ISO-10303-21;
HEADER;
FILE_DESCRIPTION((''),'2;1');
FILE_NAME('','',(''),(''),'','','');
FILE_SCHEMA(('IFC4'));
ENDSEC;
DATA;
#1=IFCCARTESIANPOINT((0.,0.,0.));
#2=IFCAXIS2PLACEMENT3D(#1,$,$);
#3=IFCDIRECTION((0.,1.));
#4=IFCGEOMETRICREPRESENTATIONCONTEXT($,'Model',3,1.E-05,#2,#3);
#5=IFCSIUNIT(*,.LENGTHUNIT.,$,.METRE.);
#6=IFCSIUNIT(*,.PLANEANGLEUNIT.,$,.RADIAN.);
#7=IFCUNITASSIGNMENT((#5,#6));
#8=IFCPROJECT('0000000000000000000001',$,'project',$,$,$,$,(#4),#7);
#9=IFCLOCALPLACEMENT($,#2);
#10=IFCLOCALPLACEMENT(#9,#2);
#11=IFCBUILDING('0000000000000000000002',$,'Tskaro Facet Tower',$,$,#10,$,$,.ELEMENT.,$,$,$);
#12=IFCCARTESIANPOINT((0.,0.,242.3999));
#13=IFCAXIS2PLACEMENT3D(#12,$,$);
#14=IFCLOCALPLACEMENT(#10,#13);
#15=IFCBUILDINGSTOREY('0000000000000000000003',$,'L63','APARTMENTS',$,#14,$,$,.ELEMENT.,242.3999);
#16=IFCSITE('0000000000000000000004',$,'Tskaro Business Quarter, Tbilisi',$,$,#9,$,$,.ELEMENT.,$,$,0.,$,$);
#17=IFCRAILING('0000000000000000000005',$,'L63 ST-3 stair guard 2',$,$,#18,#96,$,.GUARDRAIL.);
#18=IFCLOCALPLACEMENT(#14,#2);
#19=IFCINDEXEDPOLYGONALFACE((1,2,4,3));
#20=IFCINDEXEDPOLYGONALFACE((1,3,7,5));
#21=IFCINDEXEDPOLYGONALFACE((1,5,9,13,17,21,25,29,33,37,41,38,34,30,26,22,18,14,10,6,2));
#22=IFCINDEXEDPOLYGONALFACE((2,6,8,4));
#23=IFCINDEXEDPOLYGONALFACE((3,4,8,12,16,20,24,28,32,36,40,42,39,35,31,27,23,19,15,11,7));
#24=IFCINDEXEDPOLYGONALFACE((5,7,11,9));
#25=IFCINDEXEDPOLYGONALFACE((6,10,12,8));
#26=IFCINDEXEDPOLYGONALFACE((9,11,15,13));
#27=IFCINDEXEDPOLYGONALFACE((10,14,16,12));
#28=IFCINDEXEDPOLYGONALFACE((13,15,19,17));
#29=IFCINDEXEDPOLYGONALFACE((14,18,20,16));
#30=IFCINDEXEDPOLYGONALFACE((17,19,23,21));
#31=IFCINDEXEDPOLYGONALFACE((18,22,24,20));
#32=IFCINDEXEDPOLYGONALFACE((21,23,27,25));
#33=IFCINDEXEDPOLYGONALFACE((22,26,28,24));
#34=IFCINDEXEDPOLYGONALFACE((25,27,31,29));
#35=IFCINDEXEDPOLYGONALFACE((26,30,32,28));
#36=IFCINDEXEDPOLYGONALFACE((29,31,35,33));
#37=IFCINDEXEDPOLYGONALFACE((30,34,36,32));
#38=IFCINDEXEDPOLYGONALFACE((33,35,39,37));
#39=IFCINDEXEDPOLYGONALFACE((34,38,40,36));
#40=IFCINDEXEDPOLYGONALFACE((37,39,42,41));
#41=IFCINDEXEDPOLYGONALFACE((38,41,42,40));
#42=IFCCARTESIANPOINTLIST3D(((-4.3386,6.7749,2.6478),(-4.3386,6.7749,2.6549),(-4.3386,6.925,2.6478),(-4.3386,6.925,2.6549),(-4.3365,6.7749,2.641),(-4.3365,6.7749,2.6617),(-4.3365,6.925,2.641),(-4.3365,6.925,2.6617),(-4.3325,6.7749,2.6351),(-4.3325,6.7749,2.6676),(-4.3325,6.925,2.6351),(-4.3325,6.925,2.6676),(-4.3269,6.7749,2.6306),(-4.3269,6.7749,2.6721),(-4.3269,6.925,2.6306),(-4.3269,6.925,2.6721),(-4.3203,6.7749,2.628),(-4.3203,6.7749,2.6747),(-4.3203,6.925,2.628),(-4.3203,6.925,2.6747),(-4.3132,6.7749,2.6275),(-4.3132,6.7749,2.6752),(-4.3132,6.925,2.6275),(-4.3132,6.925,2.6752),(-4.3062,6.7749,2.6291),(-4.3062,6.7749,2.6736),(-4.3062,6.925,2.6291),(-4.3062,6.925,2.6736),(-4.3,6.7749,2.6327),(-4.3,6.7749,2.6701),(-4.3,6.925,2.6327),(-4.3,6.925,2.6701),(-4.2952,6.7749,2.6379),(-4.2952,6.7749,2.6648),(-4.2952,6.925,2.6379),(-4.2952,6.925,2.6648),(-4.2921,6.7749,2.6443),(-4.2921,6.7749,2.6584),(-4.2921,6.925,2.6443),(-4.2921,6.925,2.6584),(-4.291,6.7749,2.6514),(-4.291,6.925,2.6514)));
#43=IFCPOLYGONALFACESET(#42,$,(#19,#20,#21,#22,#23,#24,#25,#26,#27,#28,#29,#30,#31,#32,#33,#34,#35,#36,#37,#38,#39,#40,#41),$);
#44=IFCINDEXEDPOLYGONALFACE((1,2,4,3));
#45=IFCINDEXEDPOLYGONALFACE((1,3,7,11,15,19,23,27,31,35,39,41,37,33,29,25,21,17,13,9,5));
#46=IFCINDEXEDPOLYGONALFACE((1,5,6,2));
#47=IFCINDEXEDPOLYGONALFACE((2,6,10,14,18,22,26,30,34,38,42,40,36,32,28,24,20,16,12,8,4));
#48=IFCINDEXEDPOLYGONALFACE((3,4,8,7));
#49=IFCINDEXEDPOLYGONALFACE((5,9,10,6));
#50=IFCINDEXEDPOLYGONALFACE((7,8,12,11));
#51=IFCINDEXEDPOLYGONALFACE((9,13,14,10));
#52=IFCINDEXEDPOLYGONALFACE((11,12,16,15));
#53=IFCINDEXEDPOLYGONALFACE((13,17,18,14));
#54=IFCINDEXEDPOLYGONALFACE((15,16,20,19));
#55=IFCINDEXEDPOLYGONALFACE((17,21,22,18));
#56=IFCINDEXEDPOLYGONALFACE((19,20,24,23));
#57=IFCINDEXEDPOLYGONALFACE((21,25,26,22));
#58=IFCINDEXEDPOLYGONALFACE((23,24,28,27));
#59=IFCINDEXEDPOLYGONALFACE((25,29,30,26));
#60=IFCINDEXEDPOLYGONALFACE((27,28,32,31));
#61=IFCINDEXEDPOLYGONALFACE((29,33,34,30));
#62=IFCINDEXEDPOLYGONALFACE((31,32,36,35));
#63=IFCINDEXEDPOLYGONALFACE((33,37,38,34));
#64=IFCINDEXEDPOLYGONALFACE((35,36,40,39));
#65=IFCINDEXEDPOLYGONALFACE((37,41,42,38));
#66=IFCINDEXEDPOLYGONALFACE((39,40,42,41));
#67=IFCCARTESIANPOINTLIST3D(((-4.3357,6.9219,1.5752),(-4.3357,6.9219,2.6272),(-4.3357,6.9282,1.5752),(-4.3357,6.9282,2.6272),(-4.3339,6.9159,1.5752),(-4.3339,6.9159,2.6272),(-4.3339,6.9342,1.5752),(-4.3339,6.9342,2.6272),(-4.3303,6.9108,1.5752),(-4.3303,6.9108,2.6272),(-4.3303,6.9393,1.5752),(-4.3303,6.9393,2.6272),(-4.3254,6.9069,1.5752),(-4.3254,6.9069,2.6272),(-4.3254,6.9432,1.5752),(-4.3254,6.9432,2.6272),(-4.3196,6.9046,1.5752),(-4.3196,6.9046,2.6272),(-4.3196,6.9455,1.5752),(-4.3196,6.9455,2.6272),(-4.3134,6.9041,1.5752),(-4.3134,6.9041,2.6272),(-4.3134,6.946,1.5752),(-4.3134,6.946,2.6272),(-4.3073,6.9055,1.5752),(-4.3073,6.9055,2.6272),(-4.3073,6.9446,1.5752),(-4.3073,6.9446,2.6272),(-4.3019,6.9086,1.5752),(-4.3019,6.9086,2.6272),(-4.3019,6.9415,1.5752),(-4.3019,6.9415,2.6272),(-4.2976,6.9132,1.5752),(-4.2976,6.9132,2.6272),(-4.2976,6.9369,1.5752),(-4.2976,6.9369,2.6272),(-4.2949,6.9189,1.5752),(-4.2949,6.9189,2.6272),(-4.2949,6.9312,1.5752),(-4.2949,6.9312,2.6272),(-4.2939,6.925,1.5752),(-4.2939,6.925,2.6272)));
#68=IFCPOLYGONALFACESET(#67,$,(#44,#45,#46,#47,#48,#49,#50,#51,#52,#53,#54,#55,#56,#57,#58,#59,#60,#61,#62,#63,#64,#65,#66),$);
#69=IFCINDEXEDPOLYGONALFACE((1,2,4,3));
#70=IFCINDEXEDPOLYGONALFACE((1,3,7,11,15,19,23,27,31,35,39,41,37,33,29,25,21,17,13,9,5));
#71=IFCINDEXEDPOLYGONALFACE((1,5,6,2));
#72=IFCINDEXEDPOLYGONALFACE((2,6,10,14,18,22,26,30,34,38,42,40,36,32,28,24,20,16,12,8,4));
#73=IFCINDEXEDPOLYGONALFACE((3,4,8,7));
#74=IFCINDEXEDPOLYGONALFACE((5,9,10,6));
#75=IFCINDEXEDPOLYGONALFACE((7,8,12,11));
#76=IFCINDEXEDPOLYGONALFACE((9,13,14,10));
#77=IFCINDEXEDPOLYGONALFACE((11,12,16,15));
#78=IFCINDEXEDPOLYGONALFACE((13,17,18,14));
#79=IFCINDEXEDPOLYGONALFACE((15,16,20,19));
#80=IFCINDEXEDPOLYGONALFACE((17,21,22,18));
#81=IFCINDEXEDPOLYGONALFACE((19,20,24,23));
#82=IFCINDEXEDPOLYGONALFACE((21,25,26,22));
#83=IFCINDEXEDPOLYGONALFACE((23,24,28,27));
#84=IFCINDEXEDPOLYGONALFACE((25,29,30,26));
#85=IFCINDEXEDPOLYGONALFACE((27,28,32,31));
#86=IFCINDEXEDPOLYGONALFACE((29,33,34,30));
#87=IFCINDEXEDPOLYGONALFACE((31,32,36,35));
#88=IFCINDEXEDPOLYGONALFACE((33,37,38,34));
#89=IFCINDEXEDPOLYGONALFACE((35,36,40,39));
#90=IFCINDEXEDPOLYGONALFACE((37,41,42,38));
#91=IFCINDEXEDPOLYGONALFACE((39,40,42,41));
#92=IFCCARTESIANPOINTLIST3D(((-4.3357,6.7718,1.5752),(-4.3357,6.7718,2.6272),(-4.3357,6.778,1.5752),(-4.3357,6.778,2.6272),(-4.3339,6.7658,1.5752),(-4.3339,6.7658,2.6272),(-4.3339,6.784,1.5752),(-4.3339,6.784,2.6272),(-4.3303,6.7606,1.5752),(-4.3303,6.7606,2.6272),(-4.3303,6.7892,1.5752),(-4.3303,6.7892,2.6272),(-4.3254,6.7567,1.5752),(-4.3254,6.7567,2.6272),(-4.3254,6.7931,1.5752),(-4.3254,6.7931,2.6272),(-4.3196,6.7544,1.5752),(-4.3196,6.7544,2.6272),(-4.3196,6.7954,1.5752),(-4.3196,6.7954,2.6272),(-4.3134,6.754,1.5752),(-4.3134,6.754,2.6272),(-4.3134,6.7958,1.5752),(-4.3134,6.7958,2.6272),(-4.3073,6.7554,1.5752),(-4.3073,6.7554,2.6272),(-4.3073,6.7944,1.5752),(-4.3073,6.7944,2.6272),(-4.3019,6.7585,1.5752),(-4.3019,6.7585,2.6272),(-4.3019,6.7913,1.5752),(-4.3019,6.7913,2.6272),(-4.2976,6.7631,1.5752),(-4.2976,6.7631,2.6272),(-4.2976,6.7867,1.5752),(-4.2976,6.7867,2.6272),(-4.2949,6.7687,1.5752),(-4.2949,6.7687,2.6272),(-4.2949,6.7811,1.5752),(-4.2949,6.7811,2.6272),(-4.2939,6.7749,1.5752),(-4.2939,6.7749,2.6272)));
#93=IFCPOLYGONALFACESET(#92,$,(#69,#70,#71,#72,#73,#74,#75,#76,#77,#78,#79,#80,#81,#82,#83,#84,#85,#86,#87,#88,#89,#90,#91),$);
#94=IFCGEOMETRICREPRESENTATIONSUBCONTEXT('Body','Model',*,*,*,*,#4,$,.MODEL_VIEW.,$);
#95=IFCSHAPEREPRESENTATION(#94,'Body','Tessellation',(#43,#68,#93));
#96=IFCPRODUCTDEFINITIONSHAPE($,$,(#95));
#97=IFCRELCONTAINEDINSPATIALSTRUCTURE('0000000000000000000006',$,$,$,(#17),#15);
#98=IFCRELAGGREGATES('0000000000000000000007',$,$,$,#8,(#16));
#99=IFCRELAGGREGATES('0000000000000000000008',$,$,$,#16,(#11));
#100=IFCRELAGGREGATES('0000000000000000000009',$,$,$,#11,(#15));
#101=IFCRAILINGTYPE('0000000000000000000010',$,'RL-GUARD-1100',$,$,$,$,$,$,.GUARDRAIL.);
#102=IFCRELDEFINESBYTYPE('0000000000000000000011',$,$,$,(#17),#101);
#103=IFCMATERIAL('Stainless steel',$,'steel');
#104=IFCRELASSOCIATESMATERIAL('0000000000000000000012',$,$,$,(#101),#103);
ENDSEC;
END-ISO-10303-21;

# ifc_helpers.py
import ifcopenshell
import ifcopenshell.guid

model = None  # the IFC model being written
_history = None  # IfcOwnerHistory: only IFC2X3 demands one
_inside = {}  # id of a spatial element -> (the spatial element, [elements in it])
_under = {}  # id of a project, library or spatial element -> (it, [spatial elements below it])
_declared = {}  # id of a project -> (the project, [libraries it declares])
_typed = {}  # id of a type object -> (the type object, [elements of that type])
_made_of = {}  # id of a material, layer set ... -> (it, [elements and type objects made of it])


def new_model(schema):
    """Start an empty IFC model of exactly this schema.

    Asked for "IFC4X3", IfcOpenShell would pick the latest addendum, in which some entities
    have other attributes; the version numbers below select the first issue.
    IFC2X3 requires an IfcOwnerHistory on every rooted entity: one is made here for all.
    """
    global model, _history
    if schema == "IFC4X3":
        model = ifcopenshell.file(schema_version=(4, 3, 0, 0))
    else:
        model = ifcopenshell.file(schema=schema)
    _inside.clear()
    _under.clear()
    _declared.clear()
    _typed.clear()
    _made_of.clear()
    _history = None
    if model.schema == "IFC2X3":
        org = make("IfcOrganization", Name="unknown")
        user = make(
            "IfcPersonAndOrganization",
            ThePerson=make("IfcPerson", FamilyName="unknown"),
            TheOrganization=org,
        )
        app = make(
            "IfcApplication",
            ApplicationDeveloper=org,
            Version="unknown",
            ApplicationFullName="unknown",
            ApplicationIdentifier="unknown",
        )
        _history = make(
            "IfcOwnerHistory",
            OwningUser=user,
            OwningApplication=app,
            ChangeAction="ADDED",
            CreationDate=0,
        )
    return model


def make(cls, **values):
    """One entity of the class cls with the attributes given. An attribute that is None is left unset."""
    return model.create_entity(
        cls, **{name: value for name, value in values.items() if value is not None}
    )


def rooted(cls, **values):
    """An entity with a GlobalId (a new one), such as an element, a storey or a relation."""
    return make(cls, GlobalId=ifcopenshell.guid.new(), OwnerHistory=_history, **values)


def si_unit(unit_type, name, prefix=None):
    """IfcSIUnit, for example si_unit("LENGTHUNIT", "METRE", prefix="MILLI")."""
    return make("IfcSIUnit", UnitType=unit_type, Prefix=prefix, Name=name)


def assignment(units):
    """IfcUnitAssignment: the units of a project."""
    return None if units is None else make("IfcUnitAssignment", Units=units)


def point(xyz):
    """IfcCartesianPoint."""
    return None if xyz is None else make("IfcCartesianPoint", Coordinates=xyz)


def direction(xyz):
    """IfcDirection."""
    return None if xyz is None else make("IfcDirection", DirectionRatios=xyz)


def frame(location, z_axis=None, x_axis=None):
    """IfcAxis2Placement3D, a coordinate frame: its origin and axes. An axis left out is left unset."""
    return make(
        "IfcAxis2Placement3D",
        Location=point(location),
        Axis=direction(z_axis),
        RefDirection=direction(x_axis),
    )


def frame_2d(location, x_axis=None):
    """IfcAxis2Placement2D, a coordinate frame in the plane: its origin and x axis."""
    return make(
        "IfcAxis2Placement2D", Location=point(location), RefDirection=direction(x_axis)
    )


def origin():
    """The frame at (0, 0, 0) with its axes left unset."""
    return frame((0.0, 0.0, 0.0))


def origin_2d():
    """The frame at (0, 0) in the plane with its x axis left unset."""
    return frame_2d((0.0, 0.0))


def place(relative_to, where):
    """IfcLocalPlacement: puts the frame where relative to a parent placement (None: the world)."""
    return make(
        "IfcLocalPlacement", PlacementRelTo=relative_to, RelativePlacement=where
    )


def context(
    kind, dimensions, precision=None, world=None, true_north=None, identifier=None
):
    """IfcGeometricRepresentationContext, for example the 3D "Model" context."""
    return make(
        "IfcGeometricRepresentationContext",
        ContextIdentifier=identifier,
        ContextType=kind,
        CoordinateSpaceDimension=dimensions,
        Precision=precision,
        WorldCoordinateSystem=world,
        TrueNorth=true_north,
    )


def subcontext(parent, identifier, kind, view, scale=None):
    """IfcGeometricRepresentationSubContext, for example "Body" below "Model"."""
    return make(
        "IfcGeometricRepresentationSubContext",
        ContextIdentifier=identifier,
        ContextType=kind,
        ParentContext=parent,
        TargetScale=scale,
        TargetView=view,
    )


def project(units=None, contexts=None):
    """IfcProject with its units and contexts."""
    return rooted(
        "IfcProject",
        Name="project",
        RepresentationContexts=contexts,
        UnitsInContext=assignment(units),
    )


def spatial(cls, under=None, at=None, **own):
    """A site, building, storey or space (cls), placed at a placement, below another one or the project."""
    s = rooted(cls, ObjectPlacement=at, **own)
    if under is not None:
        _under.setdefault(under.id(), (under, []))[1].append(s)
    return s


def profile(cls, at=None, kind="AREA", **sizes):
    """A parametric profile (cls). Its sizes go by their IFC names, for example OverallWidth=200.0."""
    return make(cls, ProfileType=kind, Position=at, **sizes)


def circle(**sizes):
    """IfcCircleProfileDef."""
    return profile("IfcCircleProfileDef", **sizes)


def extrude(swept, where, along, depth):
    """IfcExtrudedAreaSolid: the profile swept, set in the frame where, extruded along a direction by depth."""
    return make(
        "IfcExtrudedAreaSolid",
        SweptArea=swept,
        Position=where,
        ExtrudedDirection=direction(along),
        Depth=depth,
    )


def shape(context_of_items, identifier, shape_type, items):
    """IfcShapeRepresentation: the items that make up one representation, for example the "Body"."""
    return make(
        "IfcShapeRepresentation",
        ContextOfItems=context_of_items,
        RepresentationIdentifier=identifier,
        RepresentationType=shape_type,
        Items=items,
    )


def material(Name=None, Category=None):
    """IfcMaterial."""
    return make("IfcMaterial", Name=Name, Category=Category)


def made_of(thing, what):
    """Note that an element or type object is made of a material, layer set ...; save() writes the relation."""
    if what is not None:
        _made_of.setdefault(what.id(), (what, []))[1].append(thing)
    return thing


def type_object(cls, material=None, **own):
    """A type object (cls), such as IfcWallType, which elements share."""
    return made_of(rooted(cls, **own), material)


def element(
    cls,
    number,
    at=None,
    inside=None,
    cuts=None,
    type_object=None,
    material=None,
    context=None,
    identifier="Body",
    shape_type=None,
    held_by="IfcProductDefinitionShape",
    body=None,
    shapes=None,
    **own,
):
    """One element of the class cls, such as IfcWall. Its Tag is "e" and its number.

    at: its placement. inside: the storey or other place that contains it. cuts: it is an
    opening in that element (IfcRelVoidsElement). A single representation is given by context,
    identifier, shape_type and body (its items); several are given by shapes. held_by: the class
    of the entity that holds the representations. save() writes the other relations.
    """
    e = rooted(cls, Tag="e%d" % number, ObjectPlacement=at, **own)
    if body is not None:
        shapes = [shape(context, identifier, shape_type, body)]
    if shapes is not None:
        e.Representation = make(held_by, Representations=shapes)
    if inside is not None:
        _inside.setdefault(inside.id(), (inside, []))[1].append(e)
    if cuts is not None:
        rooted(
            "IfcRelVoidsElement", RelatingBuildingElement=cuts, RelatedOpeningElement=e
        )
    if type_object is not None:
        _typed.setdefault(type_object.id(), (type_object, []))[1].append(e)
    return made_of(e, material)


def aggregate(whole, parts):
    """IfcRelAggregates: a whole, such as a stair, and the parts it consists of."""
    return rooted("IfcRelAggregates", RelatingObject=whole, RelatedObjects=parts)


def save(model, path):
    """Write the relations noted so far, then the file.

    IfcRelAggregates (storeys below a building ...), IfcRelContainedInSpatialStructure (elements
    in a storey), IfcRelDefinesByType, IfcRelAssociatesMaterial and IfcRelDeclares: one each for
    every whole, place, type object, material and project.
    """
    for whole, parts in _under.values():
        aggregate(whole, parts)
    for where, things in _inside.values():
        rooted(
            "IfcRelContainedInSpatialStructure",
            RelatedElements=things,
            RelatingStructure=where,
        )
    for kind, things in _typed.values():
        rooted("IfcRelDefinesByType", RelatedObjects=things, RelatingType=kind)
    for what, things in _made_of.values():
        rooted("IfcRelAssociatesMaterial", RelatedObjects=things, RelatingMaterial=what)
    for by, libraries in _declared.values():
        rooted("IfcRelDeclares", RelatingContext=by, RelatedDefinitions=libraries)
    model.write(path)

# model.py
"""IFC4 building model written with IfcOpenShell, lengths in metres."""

from ifc_helpers import new_model, si_unit, direction, frame, origin, origin_2d, place, context, subcontext, project, spatial, circle, extrude, material, type_object, element, save


model = new_model("IFC4")

# Units and contexts
model_context = context("Model", 3, precision=1e-05, world=origin(), true_north=direction((0.0, 1.0)))
body_context = subcontext(model_context, "Body", "Model", "MODEL_VIEW")
ifc_project = project(units=[si_unit("LENGTHUNIT", "METRE"), si_unit("PLANEANGLEUNIT", "RADIAN")], contexts=[model_context])

# Site, building, storey
site_placement = place(None, origin())
site = spatial("IfcSite", under=ifc_project, at=site_placement, Name="Tskaro Business Quarter, Tbilisi", CompositionType="ELEMENT", RefElevation=0.0)
building_placement = place(site_placement, origin())
building = spatial("IfcBuilding", under=site, at=building_placement, Name="Tskaro Facet Tower", CompositionType="ELEMENT")
storey_placement = place(building_placement, frame((0.0, 0.0, 242.3999)))
storey = spatial("IfcBuildingStorey", under=building, at=storey_placement, Name="L63", Description="APARTMENTS", CompositionType="ELEMENT", Elevation=242.3999)

# Railing
ifc_material_1 = material(Name="Stainless steel", Category="steel")
railing_type_1 = type_object("IfcRailingType", Name="RL-GUARD-1100", PredefinedType="GUARDRAIL", material=ifc_material_1)
railing_1_placement = place(storey_placement, frame((-4.3149, 6.925, 1.5752)))
element("IfcRailing", 1, at=railing_1_placement, inside=storey, type_object=railing_type_1, Name="L63 ST-3 stair guard 2", PredefinedType="GUARDRAIL", context=body_context, shape_type="SweptSolid", body=[
    extrude(circle(Radius=0.0239, at=origin_2d()), frame((0.0, 0.0, 1.0762), z_axis=(0.0, -1.0, 0.0), x_axis=(1.0, 0.0, 0.0)), (0.0, 0.0, 1.0), 0.1501),
    extrude(circle(Radius=0.021, at=origin_2d()), origin(), (0.0, 0.0, 1.0), 1.052),
    extrude(circle(Radius=0.021, at=origin_2d()), frame((0.0, -0.1501, 0.0)), (0.0, 0.0, 1.0), 1.052),
])

save(model, "model.ifc")
